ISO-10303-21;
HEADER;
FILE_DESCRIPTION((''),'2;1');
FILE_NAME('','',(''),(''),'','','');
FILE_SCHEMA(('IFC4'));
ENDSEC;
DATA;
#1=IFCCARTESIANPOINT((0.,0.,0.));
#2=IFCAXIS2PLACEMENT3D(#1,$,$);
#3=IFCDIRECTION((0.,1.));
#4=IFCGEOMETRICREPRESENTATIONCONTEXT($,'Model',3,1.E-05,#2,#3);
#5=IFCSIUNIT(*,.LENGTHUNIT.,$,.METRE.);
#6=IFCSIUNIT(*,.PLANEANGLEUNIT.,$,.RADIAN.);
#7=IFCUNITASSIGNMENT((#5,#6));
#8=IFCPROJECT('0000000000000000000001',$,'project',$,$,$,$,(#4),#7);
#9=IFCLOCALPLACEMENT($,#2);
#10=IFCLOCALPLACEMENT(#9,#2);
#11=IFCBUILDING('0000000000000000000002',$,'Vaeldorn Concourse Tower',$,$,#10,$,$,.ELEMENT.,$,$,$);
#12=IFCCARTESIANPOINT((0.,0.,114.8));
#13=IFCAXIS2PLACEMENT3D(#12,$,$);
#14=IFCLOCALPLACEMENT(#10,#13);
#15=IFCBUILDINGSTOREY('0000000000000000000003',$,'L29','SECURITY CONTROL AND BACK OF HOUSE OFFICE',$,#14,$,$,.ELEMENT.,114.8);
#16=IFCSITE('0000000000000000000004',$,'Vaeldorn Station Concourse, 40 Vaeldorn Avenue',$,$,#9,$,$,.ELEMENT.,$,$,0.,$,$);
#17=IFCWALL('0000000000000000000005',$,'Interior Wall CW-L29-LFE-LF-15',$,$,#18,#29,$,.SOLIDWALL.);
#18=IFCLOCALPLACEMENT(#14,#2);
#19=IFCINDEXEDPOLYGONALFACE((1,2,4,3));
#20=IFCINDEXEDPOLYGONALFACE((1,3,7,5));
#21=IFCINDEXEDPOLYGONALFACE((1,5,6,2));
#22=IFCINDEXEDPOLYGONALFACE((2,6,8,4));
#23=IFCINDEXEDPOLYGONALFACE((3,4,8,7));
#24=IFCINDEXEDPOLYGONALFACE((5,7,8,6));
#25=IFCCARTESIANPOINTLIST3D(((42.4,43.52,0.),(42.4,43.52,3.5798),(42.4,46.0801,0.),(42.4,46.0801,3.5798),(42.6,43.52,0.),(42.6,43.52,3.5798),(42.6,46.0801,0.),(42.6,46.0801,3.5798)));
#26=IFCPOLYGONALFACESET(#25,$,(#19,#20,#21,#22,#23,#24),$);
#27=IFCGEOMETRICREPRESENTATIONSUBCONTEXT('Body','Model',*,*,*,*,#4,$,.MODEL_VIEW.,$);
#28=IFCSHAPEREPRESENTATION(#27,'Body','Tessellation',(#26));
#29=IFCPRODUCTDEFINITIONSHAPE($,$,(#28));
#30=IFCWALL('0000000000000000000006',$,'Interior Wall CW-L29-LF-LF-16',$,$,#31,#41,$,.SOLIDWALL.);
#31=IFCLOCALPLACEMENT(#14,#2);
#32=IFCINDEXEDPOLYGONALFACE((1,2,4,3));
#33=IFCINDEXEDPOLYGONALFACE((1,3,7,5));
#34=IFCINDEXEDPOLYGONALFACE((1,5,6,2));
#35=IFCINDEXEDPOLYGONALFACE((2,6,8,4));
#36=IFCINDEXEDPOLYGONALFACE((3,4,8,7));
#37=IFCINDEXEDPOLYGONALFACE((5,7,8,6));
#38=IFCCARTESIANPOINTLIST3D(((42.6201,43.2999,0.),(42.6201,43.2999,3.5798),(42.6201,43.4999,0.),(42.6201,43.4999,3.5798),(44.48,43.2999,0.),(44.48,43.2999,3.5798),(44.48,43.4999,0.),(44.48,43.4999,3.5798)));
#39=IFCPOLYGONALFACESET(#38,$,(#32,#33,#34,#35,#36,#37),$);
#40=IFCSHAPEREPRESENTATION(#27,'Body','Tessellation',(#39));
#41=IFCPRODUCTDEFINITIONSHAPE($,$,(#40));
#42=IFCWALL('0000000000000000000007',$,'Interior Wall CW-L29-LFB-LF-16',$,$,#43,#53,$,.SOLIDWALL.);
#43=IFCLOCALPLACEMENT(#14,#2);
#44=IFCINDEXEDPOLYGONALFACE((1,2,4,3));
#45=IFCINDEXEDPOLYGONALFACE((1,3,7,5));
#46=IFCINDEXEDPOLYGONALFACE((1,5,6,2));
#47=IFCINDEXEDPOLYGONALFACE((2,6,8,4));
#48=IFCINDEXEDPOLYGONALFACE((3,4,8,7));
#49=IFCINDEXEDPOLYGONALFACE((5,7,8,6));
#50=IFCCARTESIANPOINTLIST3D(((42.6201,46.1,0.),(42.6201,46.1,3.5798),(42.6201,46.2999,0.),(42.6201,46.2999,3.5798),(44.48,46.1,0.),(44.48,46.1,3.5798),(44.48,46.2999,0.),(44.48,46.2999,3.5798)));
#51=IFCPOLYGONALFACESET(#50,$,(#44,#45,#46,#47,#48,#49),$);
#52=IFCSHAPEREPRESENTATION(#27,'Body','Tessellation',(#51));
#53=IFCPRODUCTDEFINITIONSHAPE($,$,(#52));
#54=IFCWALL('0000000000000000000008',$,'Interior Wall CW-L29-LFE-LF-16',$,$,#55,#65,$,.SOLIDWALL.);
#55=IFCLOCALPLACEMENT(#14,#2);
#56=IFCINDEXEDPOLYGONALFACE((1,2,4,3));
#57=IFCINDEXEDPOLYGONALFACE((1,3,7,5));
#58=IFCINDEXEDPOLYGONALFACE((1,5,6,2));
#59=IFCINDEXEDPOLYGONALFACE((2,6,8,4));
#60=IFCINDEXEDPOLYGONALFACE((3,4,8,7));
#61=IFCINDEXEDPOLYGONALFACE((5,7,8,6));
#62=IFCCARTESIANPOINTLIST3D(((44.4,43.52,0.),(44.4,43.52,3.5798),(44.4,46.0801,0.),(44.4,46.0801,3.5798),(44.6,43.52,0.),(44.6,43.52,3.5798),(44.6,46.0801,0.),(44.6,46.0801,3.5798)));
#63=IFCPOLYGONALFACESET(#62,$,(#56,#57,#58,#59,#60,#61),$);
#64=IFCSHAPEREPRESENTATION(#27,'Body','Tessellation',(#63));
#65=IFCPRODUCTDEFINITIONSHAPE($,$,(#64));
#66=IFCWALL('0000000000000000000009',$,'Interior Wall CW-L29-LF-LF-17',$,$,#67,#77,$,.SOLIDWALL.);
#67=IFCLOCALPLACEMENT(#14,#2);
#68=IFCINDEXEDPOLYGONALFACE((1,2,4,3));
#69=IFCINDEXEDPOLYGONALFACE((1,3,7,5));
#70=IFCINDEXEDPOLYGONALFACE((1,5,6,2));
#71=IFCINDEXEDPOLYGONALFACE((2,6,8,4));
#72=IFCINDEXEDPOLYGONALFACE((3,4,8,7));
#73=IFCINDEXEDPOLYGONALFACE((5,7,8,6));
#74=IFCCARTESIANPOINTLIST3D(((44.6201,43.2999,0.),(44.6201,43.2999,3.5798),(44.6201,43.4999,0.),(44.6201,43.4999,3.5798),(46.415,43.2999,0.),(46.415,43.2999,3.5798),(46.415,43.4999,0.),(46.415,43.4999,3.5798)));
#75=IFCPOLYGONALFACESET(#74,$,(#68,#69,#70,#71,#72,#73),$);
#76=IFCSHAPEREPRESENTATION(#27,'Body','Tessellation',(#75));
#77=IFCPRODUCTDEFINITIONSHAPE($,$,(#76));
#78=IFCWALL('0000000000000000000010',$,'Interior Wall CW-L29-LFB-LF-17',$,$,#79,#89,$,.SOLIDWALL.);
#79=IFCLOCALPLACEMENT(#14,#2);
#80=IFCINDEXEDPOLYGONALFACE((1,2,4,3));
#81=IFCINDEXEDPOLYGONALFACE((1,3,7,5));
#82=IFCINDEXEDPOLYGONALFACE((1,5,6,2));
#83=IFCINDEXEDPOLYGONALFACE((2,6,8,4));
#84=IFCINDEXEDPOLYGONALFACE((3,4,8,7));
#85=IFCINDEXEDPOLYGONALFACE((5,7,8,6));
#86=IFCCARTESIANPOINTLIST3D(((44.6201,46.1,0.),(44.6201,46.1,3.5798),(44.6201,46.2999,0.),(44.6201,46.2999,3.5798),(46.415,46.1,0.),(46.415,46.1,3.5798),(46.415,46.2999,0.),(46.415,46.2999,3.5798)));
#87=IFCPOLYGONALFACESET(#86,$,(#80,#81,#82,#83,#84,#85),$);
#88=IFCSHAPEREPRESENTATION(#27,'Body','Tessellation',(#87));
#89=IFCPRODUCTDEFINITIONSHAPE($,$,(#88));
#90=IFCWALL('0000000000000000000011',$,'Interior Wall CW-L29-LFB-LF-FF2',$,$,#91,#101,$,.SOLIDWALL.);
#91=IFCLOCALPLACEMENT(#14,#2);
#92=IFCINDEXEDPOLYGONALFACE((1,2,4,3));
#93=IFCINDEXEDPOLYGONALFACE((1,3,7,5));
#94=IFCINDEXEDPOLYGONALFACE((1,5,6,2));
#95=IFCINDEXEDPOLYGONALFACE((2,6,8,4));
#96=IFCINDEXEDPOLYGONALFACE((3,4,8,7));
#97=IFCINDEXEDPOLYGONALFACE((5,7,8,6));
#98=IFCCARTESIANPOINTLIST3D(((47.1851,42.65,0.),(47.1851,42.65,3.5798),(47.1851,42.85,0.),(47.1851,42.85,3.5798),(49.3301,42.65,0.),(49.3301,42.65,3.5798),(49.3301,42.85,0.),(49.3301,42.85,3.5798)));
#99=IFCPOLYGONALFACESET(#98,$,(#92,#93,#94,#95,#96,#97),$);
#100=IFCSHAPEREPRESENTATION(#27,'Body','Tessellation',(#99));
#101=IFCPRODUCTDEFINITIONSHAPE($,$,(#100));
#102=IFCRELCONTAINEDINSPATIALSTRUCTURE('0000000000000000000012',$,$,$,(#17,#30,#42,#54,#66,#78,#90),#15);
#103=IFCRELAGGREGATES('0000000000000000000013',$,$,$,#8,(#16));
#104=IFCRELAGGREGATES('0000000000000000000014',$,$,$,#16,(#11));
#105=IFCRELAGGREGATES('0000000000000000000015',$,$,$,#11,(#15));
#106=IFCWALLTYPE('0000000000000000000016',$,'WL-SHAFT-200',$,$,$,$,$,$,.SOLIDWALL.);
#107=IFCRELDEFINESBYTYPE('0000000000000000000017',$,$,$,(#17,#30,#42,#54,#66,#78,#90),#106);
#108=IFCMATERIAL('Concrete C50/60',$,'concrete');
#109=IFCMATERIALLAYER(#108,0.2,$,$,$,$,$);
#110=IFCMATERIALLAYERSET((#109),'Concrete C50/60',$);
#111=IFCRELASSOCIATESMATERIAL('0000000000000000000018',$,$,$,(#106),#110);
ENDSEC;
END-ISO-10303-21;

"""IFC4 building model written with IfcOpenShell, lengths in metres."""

from ifc_helpers import new_model, si_unit, direction, frame, frame_2d, origin, place, context, subcontext, project, spatial, rectangle, extrude, material, layer, layer_set, type_object, element, save


model = new_model("IFC4")

# Units and contexts
model_context = context("Model", 3, precision=1e-05, world=origin(), true_north=direction((0.0, 1.0)))
body_context = subcontext(model_context, "Body", "Model", "MODEL_VIEW")
ifc_project = project(units=[si_unit("LENGTHUNIT", "METRE"), si_unit("PLANEANGLEUNIT", "RADIAN")], contexts=[model_context])

# Site, building, storey
site_placement = place(None, origin())
site = spatial("IfcSite", under=ifc_project, at=site_placement, Name="Vaeldorn Station Concourse, 40 Vaeldorn Avenue", CompositionType="ELEMENT", RefElevation=0.0)
building_placement = place(site_placement, origin())
building = spatial("IfcBuilding", under=site, at=building_placement, Name="Vaeldorn Concourse Tower", CompositionType="ELEMENT")
storey_placement = place(building_placement, frame((0.0, 0.0, 114.8)))
storey = spatial("IfcBuildingStorey", under=building, at=storey_placement, Name="L29", Description="SECURITY CONTROL AND BACK OF HOUSE OFFICE", CompositionType="ELEMENT", Elevation=114.8)

# Shared definitions
ifc_material_1 = material(Name="Concrete C50/60", Category="concrete")
ifc_layer_1 = layer(ifc_material_1, 0.2)
ifc_layer_set_1 = layer_set([ifc_layer_1], Name="Concrete C50/60")
wall_type_1 = type_object("IfcWallType", Name="WL-SHAFT-200", PredefinedType="SOLIDWALL", material=ifc_layer_set_1)

# Walls
wall_1_placement = place(storey_placement, frame((42.5, 43.52, 0.0), z_axis=(0.0, 0.0, 1.0), x_axis=(0.0, 1.0, 0.0)))
element("IfcWall", 1, at=wall_1_placement, inside=storey, type_object=wall_type_1, Name="Interior Wall CW-L29-LFE-LF-15", PredefinedType="SOLIDWALL", context=body_context, shape_type="SweptSolid", body=[
    extrude(rectangle(XDim=2.5601, YDim=0.2, at=frame_2d((1.28, 0.0))), origin(), (0.0, 0.0, 1.0), 3.5798),
])
for number, where, z_axis, x_axis, name in (
    (2, (42.6201, 43.3999, 0.0), (0.0, 0.0, 1.0), (1.0, 0.0, 0.0), "Interior Wall CW-L29-LF-LF-16"),
    (3, (42.6201, 46.2, 0.0), (0.0, 0.0, 1.0), (1.0, 0.0, 0.0), "Interior Wall CW-L29-LFB-LF-16"),
):
    element("IfcWall", number, at=place(storey_placement, frame(where, z_axis=z_axis, x_axis=x_axis)), inside=storey, type_object=wall_type_1, Name=name, PredefinedType="SOLIDWALL", context=body_context, shape_type="SweptSolid", body=[
        extrude(rectangle(XDim=1.8599, YDim=0.2, at=frame_2d((0.9299, 0.0))), origin(), (0.0, 0.0, 1.0), 3.5798),
    ])
wall_2_placement = place(storey_placement, frame((44.5, 43.52, 0.0), z_axis=(0.0, 0.0, 1.0), x_axis=(0.0, 1.0, 0.0)))
element("IfcWall", 4, at=wall_2_placement, inside=storey, type_object=wall_type_1, Name="Interior Wall CW-L29-LFE-LF-16", PredefinedType="SOLIDWALL", context=body_context, shape_type="SweptSolid", body=[
    extrude(rectangle(XDim=2.5601, YDim=0.2, at=frame_2d((1.28, 0.0))), origin(), (0.0, 0.0, 1.0), 3.5798),
])
for number, where, z_axis, x_axis, name in (
    (5, (44.6201, 43.3999, 0.0), (0.0, 0.0, 1.0), (1.0, 0.0, 0.0), "Interior Wall CW-L29-LF-LF-17"),
    (6, (44.6201, 46.2, 0.0), (0.0, 0.0, 1.0), (1.0, 0.0, 0.0), "Interior Wall CW-L29-LFB-LF-17"),
):
    element("IfcWall", number, at=place(storey_placement, frame(where, z_axis=z_axis, x_axis=x_axis)), inside=storey, type_object=wall_type_1, Name=name, PredefinedType="SOLIDWALL", context=body_context, shape_type="SweptSolid", body=[
        extrude(rectangle(XDim=1.7949, YDim=0.2, at=frame_2d((0.8975, 0.0))), origin(), (0.0, 0.0, 1.0), 3.5798),
    ])

# Wall
wall_3_placement = place(storey_placement, frame((47.1851, 42.75, 0.0), z_axis=(0.0, 0.0, 1.0), x_axis=(1.0, 0.0, 0.0)))
element("IfcWall", 7, at=wall_3_placement, inside=storey, type_object=wall_type_1, Name="Interior Wall CW-L29-LFB-LF-FF2", PredefinedType="SOLIDWALL", context=body_context, shape_type="SweptSolid", body=[
    extrude(rectangle(XDim=2.145, YDim=0.2, at=frame_2d((1.0725, 0.0))), origin(), (0.0, 0.0, 1.0), 3.5798),
])

save(model, "model.ifc")
